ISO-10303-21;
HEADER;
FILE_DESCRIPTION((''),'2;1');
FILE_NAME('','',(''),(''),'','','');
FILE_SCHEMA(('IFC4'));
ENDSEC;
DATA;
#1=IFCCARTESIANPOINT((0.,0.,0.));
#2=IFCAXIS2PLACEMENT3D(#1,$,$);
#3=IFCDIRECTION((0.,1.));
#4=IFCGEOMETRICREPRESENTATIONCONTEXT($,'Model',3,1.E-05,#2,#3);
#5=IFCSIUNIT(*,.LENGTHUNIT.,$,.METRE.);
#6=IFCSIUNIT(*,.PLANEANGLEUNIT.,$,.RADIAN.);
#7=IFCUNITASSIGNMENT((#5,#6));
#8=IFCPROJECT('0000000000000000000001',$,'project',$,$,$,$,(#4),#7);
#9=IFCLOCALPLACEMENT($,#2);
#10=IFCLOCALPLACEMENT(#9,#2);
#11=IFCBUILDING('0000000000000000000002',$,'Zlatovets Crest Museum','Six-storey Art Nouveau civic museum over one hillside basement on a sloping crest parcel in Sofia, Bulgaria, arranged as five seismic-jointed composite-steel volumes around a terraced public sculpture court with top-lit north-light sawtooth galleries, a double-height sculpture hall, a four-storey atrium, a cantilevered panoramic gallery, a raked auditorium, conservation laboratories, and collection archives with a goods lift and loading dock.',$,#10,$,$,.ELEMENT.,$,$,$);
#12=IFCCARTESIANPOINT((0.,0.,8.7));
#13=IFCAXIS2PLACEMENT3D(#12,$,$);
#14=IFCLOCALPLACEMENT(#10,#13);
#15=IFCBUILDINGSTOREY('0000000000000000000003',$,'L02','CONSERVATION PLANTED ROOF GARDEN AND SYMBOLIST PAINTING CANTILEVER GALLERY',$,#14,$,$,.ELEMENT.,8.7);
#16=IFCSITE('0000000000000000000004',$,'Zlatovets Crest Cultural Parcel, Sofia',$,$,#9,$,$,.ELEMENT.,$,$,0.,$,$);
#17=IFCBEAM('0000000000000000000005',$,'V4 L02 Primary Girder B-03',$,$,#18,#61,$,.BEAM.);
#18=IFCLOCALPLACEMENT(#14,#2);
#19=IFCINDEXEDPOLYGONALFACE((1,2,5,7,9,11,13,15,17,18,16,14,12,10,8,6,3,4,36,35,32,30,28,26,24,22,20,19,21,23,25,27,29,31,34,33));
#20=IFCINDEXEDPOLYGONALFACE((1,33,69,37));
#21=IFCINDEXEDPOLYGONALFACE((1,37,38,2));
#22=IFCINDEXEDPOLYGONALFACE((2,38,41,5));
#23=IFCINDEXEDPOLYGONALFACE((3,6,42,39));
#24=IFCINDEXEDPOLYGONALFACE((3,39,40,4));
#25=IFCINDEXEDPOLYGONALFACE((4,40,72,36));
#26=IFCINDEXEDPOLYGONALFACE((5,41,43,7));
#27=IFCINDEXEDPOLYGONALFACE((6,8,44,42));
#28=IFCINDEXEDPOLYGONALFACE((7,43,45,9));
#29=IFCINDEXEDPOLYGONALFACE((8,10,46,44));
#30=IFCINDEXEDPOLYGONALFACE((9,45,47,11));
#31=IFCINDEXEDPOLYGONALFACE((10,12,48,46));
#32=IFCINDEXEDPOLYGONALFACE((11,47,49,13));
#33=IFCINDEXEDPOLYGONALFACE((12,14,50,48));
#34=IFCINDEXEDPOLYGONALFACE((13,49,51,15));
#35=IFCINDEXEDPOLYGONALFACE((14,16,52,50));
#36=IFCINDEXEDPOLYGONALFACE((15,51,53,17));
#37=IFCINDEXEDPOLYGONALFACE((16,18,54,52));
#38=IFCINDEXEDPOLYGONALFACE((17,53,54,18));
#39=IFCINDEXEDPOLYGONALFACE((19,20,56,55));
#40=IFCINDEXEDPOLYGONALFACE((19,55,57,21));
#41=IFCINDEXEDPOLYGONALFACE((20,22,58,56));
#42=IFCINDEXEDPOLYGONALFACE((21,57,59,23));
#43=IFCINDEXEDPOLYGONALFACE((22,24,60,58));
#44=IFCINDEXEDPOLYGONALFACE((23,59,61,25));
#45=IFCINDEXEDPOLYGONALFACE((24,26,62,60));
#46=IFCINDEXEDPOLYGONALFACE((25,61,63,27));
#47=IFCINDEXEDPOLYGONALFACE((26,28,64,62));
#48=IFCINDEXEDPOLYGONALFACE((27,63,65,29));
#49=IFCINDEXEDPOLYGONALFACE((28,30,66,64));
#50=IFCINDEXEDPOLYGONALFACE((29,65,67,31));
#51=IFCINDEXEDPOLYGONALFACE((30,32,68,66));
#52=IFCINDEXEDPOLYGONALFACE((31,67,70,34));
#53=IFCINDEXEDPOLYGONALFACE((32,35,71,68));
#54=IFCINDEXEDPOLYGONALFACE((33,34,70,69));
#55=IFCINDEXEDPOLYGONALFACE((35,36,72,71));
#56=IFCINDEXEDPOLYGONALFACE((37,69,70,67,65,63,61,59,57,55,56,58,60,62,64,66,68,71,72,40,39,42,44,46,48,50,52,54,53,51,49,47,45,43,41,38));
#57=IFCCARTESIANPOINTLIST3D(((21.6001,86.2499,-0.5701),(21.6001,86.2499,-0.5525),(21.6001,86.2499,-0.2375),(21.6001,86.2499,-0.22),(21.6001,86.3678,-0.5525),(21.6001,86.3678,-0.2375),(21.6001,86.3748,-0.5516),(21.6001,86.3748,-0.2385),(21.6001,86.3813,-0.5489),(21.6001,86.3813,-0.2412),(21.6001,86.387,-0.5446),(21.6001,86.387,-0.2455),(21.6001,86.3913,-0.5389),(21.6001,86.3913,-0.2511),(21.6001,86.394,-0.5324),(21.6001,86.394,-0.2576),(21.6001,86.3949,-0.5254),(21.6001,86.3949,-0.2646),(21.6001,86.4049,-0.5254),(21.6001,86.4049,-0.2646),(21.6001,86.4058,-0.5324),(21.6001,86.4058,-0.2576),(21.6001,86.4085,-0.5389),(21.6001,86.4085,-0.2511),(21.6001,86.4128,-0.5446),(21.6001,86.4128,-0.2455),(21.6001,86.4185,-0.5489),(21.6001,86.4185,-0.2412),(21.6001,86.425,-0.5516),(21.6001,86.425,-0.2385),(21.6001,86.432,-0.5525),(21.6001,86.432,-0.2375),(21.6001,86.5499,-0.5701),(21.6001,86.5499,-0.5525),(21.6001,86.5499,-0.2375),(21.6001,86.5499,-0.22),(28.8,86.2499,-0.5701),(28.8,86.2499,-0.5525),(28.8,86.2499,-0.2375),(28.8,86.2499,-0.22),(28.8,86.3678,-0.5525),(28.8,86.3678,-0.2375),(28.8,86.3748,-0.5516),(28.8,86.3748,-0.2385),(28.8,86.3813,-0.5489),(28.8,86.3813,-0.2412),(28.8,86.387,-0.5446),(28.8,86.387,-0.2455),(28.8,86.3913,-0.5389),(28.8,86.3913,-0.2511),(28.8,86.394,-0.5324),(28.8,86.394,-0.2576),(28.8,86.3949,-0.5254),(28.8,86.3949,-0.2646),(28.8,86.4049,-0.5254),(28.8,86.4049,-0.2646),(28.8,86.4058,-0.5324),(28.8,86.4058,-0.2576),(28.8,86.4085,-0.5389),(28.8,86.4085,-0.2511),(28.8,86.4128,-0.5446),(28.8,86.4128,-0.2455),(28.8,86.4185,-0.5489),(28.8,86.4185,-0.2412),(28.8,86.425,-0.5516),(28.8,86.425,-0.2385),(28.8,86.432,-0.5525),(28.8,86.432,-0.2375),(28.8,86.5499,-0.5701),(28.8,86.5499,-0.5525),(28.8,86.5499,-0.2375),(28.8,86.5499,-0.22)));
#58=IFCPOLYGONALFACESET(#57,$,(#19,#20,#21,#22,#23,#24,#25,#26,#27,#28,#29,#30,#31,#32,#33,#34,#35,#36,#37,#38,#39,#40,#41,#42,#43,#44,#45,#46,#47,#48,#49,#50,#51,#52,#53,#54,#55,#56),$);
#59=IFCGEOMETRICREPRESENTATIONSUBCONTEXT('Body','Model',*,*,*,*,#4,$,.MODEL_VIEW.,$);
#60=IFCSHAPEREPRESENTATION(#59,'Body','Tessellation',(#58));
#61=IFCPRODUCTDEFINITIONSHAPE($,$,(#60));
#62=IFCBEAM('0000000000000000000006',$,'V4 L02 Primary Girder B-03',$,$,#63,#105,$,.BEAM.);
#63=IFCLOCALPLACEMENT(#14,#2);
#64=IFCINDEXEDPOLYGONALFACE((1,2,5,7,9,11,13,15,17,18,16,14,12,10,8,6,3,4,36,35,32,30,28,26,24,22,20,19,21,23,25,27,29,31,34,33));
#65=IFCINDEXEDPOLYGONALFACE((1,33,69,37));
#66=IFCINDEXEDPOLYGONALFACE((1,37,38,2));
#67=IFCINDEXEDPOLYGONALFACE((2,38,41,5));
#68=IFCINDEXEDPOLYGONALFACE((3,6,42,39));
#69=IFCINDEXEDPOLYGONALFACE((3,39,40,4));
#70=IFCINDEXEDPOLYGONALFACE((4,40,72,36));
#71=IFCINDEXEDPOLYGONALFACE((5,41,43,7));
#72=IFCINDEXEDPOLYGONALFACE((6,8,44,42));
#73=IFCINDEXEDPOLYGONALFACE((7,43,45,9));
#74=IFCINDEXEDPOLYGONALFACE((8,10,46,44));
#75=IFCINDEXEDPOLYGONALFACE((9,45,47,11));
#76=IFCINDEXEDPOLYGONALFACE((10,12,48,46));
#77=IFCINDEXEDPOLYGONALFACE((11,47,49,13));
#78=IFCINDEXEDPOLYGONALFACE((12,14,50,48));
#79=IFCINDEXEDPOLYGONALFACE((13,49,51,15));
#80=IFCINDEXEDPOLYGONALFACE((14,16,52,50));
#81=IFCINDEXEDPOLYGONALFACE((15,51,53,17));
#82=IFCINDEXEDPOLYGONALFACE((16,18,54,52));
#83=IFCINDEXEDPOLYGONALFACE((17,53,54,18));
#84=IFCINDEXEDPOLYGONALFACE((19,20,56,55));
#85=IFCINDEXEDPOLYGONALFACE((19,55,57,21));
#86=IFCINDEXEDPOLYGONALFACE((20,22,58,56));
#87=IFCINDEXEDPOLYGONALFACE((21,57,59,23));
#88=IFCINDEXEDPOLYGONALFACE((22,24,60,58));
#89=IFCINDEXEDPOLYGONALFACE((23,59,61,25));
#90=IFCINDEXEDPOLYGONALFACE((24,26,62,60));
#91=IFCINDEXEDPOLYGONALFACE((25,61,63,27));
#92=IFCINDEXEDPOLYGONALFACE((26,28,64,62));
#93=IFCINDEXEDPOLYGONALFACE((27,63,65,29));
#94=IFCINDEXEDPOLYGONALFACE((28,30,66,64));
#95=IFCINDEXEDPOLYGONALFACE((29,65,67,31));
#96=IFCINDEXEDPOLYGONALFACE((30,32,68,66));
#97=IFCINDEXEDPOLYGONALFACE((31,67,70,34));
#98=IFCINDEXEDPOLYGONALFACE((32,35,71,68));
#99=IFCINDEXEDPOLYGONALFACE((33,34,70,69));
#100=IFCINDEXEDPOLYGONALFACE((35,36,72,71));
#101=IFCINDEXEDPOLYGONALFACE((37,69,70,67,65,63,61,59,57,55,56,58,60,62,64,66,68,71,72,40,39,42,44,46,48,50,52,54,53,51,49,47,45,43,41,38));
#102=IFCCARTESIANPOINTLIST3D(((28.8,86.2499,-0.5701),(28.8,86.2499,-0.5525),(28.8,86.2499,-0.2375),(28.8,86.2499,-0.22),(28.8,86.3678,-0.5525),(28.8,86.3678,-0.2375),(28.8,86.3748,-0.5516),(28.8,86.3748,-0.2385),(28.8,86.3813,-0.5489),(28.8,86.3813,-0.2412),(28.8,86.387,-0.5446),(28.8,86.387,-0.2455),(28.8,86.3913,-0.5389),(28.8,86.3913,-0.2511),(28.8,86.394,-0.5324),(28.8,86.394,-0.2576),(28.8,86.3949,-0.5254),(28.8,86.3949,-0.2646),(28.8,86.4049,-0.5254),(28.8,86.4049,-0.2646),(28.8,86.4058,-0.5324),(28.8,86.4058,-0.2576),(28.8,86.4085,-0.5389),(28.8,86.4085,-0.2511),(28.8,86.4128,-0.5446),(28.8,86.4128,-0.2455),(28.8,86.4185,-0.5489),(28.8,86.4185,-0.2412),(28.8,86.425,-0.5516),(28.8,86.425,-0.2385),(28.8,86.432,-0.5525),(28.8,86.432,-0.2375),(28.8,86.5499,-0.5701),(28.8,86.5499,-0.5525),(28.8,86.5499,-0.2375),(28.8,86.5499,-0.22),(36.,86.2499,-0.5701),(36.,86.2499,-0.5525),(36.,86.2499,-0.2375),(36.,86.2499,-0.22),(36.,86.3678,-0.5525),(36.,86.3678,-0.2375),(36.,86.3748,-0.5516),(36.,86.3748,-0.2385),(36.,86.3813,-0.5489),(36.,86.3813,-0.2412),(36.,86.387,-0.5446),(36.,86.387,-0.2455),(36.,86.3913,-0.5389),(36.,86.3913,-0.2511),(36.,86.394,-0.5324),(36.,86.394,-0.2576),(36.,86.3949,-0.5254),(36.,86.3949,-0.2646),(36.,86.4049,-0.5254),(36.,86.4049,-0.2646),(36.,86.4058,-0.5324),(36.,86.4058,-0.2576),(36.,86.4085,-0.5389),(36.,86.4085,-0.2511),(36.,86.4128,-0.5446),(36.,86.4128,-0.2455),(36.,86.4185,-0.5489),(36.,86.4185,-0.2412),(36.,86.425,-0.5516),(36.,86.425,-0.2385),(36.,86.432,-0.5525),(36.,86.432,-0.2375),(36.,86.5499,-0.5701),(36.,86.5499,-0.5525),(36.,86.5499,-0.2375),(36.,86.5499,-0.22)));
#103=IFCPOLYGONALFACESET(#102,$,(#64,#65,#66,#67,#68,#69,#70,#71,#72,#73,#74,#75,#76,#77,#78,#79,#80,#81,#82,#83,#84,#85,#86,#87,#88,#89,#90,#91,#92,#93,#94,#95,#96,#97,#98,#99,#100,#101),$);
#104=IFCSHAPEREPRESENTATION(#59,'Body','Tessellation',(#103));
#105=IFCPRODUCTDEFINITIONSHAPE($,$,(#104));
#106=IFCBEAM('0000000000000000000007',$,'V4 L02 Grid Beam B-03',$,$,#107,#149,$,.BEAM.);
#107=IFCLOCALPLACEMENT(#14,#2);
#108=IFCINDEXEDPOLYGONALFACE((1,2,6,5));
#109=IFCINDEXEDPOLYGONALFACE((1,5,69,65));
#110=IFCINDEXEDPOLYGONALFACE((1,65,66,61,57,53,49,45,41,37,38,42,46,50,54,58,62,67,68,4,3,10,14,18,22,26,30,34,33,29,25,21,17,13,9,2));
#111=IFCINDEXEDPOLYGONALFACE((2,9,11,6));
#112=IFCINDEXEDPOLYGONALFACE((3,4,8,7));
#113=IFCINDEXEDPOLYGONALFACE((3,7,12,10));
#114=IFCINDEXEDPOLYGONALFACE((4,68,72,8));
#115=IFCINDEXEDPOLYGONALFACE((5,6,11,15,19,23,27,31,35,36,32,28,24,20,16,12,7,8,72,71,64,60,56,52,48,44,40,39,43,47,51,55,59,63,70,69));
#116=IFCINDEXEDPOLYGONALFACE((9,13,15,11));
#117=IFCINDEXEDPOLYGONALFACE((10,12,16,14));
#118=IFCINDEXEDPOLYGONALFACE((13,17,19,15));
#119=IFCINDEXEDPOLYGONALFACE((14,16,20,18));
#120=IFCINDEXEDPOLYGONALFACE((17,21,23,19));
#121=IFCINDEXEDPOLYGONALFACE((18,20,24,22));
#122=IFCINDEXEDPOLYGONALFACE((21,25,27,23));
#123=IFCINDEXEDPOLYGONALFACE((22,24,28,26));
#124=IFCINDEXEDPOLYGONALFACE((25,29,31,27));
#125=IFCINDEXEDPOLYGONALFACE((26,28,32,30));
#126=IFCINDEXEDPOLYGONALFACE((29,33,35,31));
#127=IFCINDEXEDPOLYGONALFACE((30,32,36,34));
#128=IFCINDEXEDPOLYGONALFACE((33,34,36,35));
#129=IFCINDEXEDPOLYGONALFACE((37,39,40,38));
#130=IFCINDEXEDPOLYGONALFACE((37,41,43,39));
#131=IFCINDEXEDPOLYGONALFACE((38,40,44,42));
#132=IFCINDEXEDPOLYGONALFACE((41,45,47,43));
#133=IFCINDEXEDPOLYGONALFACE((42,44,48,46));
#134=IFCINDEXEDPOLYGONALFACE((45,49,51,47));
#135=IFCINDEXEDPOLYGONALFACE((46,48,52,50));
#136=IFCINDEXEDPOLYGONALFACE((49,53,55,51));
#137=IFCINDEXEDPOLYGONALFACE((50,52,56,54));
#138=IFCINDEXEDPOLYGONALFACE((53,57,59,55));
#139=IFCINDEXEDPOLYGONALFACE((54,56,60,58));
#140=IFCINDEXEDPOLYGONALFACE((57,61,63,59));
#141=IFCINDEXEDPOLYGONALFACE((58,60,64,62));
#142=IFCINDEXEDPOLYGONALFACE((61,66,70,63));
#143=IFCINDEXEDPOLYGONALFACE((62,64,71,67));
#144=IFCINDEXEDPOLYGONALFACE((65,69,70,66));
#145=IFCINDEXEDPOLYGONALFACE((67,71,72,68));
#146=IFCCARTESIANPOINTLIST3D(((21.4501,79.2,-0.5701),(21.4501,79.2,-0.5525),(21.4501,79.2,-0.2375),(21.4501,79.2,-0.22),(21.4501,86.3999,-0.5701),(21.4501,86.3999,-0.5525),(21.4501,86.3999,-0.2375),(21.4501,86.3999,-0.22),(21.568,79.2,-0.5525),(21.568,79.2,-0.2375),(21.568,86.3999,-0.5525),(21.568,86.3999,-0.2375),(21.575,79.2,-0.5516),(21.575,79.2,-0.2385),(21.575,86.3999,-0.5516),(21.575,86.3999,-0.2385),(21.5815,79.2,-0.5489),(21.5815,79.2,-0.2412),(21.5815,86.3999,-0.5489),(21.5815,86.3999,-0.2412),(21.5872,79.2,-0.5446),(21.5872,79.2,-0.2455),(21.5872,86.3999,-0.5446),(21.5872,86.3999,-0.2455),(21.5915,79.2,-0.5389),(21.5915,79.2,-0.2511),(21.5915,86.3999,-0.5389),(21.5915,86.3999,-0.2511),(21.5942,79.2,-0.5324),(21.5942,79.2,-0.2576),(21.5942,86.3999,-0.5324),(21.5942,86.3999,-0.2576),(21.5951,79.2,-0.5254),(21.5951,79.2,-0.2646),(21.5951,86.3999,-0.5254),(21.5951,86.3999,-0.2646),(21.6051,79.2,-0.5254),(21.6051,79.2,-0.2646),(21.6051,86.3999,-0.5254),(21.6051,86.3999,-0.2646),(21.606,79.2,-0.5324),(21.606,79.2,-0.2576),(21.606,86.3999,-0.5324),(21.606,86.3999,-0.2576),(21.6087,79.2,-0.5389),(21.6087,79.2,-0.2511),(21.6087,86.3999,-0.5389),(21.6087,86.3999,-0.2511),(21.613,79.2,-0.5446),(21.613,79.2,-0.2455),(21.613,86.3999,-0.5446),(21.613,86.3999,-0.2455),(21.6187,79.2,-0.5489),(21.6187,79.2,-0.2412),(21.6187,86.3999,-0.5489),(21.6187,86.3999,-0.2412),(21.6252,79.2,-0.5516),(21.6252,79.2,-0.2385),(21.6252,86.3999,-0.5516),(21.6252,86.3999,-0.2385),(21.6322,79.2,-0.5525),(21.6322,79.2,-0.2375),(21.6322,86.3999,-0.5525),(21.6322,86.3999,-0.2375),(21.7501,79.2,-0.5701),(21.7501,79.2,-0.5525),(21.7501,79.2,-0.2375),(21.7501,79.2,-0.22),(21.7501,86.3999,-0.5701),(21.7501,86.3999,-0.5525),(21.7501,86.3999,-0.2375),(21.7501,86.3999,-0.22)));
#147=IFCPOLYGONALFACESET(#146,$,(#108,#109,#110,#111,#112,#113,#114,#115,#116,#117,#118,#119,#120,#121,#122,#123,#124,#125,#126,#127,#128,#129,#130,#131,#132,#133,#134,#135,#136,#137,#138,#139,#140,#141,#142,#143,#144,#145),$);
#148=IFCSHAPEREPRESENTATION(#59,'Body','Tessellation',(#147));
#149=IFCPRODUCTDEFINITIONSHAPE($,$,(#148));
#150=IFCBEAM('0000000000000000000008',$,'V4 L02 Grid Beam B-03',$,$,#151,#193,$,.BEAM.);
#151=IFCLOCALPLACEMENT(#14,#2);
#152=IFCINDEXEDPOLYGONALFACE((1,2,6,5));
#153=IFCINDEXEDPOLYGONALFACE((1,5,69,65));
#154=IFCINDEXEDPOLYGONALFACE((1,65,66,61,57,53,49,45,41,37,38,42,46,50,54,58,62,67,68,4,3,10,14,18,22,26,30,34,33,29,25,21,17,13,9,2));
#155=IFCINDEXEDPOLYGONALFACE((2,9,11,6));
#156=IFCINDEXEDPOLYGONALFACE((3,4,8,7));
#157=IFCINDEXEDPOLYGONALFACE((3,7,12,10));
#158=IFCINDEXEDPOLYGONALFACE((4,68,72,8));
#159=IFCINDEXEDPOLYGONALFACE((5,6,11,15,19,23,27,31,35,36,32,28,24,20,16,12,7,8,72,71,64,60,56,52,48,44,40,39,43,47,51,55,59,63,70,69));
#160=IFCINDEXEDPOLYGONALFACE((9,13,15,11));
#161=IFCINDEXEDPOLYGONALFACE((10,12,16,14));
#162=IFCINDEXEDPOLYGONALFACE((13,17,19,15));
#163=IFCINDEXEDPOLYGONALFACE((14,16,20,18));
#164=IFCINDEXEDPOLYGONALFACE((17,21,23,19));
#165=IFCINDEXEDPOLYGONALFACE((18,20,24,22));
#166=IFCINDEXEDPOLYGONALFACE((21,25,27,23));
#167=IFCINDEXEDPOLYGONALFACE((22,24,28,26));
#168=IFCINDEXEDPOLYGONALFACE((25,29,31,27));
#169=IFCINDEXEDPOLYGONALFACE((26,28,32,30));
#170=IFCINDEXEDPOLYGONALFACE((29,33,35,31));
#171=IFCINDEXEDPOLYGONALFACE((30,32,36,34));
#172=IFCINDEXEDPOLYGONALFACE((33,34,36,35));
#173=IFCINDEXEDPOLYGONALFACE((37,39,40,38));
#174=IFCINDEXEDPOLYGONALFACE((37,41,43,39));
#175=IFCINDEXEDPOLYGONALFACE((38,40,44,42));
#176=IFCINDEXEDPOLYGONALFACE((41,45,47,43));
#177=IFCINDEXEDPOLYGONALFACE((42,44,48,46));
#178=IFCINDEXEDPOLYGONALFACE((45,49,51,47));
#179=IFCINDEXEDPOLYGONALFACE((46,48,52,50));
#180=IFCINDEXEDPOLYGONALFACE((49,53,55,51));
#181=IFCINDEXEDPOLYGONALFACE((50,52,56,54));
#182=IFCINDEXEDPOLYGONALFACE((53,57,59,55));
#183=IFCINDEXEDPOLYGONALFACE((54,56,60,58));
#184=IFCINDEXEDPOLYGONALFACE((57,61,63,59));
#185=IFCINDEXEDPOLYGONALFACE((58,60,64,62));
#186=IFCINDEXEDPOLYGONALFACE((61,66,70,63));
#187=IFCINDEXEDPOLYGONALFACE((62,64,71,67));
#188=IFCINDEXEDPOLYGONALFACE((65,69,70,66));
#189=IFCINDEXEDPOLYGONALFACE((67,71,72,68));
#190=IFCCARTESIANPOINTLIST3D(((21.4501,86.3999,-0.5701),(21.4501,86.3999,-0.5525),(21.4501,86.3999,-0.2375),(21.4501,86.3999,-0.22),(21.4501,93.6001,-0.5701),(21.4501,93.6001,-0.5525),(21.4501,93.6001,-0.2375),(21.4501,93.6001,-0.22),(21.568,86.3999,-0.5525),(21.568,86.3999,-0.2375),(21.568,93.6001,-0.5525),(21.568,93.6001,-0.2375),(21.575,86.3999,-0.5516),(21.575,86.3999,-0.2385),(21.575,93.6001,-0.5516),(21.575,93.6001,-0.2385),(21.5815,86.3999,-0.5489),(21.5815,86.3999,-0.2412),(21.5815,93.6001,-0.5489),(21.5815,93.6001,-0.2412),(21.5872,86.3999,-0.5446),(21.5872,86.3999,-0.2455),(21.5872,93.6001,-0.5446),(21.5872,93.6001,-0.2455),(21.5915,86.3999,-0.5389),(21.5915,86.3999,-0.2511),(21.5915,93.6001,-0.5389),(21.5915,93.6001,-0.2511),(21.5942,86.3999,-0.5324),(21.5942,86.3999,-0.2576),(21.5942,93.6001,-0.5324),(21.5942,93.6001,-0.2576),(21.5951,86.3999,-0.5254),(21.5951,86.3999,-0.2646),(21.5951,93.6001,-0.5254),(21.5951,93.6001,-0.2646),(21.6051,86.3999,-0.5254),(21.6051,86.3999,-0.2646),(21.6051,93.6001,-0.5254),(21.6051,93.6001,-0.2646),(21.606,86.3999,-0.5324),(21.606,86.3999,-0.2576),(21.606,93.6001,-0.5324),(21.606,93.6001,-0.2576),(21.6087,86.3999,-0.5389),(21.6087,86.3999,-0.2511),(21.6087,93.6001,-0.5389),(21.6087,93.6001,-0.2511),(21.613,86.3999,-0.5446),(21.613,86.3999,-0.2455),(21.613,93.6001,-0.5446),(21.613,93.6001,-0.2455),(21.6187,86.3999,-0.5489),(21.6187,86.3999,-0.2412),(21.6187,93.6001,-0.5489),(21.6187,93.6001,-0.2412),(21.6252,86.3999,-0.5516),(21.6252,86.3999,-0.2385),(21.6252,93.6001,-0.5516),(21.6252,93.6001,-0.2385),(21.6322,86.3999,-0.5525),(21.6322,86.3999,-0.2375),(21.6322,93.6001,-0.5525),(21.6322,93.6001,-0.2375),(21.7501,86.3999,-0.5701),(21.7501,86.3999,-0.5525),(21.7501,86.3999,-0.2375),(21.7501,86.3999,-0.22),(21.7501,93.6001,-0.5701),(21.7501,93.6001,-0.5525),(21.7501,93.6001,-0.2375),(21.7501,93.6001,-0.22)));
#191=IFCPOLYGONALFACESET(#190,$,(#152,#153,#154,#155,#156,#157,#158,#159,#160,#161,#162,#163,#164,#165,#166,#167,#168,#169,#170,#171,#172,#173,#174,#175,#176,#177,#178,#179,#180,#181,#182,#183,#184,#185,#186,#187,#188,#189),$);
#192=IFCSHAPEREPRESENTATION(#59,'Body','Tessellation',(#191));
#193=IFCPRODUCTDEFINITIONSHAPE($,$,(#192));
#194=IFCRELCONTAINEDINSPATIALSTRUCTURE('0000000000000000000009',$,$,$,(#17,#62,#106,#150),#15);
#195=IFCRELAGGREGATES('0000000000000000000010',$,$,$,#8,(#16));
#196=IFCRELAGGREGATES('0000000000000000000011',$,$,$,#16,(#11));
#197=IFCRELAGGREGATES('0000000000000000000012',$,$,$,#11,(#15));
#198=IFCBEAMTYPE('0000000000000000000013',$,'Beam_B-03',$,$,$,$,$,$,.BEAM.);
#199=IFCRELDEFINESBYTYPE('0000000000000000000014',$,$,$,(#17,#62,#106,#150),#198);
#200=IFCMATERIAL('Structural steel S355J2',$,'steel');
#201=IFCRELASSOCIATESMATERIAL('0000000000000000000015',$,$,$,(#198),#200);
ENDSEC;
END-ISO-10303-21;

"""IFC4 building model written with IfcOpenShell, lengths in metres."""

from ifc_helpers import new_model, si_unit, direction, frame, origin, origin_2d, place, context, subcontext, project, spatial, i_section, extrude, material, material_profile, profile_set, type_object, element, save


model = new_model("IFC4")

# Units and contexts
model_context = context("Model", 3, precision=1e-05, world=origin(), true_north=direction((0.0, 1.0)))
body_context = subcontext(model_context, "Body", "Model", "MODEL_VIEW")
ifc_project = project(units=[si_unit("LENGTHUNIT", "METRE"), si_unit("PLANEANGLEUNIT", "RADIAN")], contexts=[model_context])

# Site, building, storey
site_placement = place(None, origin())
site = spatial("IfcSite", under=ifc_project, at=site_placement, Name="Zlatovets Crest Cultural Parcel, Sofia", CompositionType="ELEMENT", RefElevation=0.0)
building_placement = place(site_placement, origin())
building = spatial("IfcBuilding", under=site, at=building_placement, Name="Zlatovets Crest Museum", Description="Six-storey Art Nouveau civic museum over one hillside basement on a sloping crest parcel in Sofia, Bulgaria, arranged as five seismic-jointed composite-steel volumes around a terraced public sculpture court with top-lit north-light sawtooth galleries, a double-height sculpture hall, a four-storey atrium, a cantilevered panoramic gallery, a raked auditorium, conservation laboratories, and collection archives with a goods lift and loading dock.", CompositionType="ELEMENT")
storey_placement = place(building_placement, frame((0.0, 0.0, 8.7)))
storey = spatial("IfcBuildingStorey", under=building, at=storey_placement, Name="L02", Description="CONSERVATION PLANTED ROOF GARDEN AND SYMBOLIST PAINTING CANTILEVER GALLERY", CompositionType="ELEMENT", Elevation=8.7)

# Shared definitions
ifc_material_1 = material(Name="Structural steel S355J2", Category="steel")

# Beams
ifc_material_profile_1 = material_profile(ifc_material_1, i_section(OverallWidth=0.3, OverallDepth=0.3501, WebThickness=0.01, FlangeThickness=0.0176, FilletRadius=0.0271, at=origin_2d()), Name="HEA 360")
ifc_profile_set_1 = profile_set([ifc_material_profile_1], Name="Structural steel S355J2")
beam_type_1 = type_object("IfcBeamType", Name="Beam_B-03", PredefinedType="BEAM", material=ifc_profile_set_1)
for number, where, z_axis, x_axis, name in (
    (1, (21.6001, 86.3999, -0.395), (1.0, 0.0, 0.0), (0.0, 1.0, 0.0), "V4 L02 Primary Girder B-03"),
    (2, (28.8, 86.3999, -0.395), (1.0, 0.0, 0.0), (0.0, 1.0, 0.0), "V4 L02 Primary Girder B-03"),
    (3, (21.6001, 79.2, -0.395), (0.0, 1.0, 0.0), (-1.0, 0.0, 0.0), "V4 L02 Grid Beam B-03"),
):
    element("IfcBeam", number, at=place(storey_placement, frame(where, z_axis=z_axis, x_axis=x_axis)), inside=storey, type_object=beam_type_1, Name=name, PredefinedType="BEAM", context=body_context, shape_type="SweptSolid", body=[
        extrude(i_section(OverallWidth=0.3, OverallDepth=0.3501, WebThickness=0.01, FlangeThickness=0.0176, FilletRadius=0.0271, at=origin_2d()), origin(), (0.0, 0.0, 1.0), 7.2),
    ])
beam_1_placement = place(storey_placement, frame((21.6001, 86.3999, -0.395), z_axis=(0.0, 1.0, 0.0), x_axis=(-1.0, 0.0, 0.0)))
element("IfcBeam", 4, at=beam_1_placement, inside=storey, type_object=beam_type_1, Name="V4 L02 Grid Beam B-03", PredefinedType="BEAM", context=body_context, shape_type="SweptSolid", body=[
    extrude(i_section(OverallWidth=0.3, OverallDepth=0.3501, WebThickness=0.01, FlangeThickness=0.0176, FilletRadius=0.0271, at=origin_2d()), origin(), (0.0, 0.0, 1.0), 7.2002),
])

save(model, "model.ifc")
